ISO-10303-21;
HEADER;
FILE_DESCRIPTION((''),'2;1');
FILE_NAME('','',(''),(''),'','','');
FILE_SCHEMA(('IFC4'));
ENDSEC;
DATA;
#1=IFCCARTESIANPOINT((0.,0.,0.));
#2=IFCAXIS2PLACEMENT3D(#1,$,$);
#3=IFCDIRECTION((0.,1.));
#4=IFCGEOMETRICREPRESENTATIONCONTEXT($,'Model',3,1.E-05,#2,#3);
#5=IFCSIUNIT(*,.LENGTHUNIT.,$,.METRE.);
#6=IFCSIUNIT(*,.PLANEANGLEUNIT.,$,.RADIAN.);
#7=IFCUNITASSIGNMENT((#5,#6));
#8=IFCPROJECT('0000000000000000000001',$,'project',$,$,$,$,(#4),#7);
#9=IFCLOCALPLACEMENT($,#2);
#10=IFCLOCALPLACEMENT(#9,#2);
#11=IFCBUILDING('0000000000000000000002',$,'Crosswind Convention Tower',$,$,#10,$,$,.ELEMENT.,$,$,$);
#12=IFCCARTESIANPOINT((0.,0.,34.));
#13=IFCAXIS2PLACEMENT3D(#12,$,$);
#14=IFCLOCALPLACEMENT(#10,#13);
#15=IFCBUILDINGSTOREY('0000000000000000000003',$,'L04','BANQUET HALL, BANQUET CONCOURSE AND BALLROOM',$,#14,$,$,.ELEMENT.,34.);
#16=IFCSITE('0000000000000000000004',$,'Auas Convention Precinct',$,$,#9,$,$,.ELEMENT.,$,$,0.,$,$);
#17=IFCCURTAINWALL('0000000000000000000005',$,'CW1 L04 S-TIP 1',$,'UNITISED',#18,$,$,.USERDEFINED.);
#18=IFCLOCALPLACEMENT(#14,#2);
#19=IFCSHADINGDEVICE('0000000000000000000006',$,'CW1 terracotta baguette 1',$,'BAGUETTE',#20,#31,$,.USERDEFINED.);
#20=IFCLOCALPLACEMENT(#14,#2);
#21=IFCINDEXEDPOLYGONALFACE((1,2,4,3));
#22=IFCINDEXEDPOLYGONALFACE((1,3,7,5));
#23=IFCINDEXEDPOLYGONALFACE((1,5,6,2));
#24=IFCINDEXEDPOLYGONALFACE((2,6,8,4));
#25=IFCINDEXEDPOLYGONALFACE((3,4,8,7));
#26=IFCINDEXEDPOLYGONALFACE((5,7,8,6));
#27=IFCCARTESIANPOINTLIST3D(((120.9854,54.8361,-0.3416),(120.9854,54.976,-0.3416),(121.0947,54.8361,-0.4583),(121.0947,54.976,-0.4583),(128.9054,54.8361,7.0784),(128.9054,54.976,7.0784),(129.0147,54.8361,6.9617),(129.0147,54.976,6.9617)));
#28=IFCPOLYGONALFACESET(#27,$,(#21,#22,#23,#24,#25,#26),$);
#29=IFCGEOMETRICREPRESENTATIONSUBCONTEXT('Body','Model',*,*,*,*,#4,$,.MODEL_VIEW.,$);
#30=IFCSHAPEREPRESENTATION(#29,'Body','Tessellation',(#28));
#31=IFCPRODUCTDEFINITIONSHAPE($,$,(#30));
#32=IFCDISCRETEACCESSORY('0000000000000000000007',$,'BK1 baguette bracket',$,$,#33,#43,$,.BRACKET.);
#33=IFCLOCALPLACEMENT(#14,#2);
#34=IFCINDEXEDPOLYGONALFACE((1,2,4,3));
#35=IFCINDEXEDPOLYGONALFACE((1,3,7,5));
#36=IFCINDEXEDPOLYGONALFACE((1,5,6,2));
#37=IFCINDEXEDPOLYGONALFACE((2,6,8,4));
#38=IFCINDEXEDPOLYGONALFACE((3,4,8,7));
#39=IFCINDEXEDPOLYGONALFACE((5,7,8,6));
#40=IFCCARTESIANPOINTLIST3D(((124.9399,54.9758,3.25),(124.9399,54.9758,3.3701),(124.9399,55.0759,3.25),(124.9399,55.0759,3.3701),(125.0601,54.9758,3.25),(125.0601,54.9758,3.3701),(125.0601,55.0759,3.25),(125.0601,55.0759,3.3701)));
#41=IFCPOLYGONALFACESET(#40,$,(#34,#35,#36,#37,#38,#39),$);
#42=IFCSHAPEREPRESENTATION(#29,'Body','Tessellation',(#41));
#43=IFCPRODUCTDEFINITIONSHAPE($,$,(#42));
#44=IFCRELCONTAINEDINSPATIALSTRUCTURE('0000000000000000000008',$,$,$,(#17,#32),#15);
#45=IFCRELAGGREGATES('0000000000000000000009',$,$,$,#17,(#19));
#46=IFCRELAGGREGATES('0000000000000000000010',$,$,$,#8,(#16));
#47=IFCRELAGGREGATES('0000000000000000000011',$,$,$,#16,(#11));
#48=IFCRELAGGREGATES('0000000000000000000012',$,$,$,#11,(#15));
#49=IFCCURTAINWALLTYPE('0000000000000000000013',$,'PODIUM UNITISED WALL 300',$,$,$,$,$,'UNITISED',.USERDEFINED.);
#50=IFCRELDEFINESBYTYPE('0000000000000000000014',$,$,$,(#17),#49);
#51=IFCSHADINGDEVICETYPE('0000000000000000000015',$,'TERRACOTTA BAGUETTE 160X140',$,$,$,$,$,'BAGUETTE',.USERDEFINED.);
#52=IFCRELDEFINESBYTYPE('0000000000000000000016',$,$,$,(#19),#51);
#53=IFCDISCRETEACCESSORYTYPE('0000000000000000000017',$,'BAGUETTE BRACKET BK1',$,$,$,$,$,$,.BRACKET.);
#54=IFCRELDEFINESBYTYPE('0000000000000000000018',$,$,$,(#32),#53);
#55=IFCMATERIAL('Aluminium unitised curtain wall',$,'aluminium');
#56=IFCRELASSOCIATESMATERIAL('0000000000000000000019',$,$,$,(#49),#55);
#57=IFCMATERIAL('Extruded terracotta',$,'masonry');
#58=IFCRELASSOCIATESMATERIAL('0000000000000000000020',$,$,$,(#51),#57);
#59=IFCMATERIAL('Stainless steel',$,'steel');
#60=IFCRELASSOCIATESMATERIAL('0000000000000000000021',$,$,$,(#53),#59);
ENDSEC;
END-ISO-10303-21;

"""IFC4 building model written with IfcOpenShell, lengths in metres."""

from ifc_helpers import new_model, si_unit, direction, frame, origin, origin_2d, place, context, subcontext, project, spatial, rectangle, extrude, material, material_profile, profile_set, type_object, element, aggregate, save


model = new_model("IFC4")

# Units and contexts
model_context = context("Model", 3, precision=1e-05, world=origin(), true_north=direction((0.0, 1.0)))
body_context = subcontext(model_context, "Body", "Model", "MODEL_VIEW")
ifc_project = project(units=[si_unit("LENGTHUNIT", "METRE"), si_unit("PLANEANGLEUNIT", "RADIAN")], contexts=[model_context])

# Site, building, storey
site_placement = place(None, origin())
site = spatial("IfcSite", under=ifc_project, at=site_placement, Name="Auas Convention Precinct", CompositionType="ELEMENT", RefElevation=0.0)
building_placement = place(site_placement, origin())
building = spatial("IfcBuilding", under=site, at=building_placement, Name="Crosswind Convention Tower", CompositionType="ELEMENT")
storey_placement = place(building_placement, frame((0.0, 0.0, 34.0)))
storey = spatial("IfcBuildingStorey", under=building, at=storey_placement, Name="L04", Description="BANQUET HALL, BANQUET CONCOURSE AND BALLROOM", CompositionType="ELEMENT", Elevation=34.0)

# Curtain wall
ifc_material_1 = material(Name="Aluminium unitised curtain wall", Category="aluminium")
curtain_wall_type = type_object("IfcCurtainWallType", Name="PODIUM UNITISED WALL 300", ElementType="UNITISED", PredefinedType="USERDEFINED", material=ifc_material_1)
curtain_wall_placement = place(storey_placement, origin())
curtain_wall = element("IfcCurtainWall", 1, at=curtain_wall_placement, inside=storey, type_object=curtain_wall_type, Name="CW1 L04 S-TIP 1", ObjectType="UNITISED", PredefinedType="USERDEFINED")

# Shading device
ifc_material_2 = material(Name="Extruded terracotta", Category="masonry")
ifc_material_profile_1 = material_profile(ifc_material_2, rectangle(XDim=0.1399, YDim=0.1599, at=origin_2d()), Name="TC 140X160")
ifc_profile_set_1 = profile_set([ifc_material_profile_1], Name="Extruded terracotta")
shading_device_type = type_object("IfcShadingDeviceType", Name="TERRACOTTA BAGUETTE 160X140", ElementType="BAGUETTE", PredefinedType="USERDEFINED", material=ifc_profile_set_1)
shading_device_placement = place(storey_placement, frame((121.04, 54.906, -0.3999), z_axis=(0.729767, 0.0, 0.683696), x_axis=(0.0, 1.0, 0.0)))
shading_device = element("IfcShadingDevice", 2, at=shading_device_placement, type_object=shading_device_type, Name="CW1 terracotta baguette 1", ObjectType="BAGUETTE", PredefinedType="USERDEFINED", context=body_context, shape_type="SweptSolid", body=[
    extrude(rectangle(XDim=0.1399, YDim=0.1599, at=origin_2d()), origin(), (0.0, 0.0, 1.0), 10.8528),
])
aggregate(curtain_wall, [shading_device])

# Discrete accessory
ifc_material_3 = material(Name="Stainless steel", Category="steel")
discrete_accessory_type = type_object("IfcDiscreteAccessoryType", Name="BAGUETTE BRACKET BK1", PredefinedType="BRACKET", material=ifc_material_3)
discrete_accessory_placement = place(storey_placement, frame((125.0, 55.0259, 3.25), z_axis=(0.0, 0.0, 1.0), x_axis=(1.0, 0.0, 0.0)))
element("IfcDiscreteAccessory", 3, at=discrete_accessory_placement, inside=storey, type_object=discrete_accessory_type, Name="BK1 baguette bracket", PredefinedType="BRACKET", context=body_context, shape_type="SweptSolid", body=[
    extrude(rectangle(XDim=0.1201, YDim=0.1001, at=origin_2d()), origin(), (0.0, 0.0, 1.0), 0.1201),
])

save(model, "model.ifc")
